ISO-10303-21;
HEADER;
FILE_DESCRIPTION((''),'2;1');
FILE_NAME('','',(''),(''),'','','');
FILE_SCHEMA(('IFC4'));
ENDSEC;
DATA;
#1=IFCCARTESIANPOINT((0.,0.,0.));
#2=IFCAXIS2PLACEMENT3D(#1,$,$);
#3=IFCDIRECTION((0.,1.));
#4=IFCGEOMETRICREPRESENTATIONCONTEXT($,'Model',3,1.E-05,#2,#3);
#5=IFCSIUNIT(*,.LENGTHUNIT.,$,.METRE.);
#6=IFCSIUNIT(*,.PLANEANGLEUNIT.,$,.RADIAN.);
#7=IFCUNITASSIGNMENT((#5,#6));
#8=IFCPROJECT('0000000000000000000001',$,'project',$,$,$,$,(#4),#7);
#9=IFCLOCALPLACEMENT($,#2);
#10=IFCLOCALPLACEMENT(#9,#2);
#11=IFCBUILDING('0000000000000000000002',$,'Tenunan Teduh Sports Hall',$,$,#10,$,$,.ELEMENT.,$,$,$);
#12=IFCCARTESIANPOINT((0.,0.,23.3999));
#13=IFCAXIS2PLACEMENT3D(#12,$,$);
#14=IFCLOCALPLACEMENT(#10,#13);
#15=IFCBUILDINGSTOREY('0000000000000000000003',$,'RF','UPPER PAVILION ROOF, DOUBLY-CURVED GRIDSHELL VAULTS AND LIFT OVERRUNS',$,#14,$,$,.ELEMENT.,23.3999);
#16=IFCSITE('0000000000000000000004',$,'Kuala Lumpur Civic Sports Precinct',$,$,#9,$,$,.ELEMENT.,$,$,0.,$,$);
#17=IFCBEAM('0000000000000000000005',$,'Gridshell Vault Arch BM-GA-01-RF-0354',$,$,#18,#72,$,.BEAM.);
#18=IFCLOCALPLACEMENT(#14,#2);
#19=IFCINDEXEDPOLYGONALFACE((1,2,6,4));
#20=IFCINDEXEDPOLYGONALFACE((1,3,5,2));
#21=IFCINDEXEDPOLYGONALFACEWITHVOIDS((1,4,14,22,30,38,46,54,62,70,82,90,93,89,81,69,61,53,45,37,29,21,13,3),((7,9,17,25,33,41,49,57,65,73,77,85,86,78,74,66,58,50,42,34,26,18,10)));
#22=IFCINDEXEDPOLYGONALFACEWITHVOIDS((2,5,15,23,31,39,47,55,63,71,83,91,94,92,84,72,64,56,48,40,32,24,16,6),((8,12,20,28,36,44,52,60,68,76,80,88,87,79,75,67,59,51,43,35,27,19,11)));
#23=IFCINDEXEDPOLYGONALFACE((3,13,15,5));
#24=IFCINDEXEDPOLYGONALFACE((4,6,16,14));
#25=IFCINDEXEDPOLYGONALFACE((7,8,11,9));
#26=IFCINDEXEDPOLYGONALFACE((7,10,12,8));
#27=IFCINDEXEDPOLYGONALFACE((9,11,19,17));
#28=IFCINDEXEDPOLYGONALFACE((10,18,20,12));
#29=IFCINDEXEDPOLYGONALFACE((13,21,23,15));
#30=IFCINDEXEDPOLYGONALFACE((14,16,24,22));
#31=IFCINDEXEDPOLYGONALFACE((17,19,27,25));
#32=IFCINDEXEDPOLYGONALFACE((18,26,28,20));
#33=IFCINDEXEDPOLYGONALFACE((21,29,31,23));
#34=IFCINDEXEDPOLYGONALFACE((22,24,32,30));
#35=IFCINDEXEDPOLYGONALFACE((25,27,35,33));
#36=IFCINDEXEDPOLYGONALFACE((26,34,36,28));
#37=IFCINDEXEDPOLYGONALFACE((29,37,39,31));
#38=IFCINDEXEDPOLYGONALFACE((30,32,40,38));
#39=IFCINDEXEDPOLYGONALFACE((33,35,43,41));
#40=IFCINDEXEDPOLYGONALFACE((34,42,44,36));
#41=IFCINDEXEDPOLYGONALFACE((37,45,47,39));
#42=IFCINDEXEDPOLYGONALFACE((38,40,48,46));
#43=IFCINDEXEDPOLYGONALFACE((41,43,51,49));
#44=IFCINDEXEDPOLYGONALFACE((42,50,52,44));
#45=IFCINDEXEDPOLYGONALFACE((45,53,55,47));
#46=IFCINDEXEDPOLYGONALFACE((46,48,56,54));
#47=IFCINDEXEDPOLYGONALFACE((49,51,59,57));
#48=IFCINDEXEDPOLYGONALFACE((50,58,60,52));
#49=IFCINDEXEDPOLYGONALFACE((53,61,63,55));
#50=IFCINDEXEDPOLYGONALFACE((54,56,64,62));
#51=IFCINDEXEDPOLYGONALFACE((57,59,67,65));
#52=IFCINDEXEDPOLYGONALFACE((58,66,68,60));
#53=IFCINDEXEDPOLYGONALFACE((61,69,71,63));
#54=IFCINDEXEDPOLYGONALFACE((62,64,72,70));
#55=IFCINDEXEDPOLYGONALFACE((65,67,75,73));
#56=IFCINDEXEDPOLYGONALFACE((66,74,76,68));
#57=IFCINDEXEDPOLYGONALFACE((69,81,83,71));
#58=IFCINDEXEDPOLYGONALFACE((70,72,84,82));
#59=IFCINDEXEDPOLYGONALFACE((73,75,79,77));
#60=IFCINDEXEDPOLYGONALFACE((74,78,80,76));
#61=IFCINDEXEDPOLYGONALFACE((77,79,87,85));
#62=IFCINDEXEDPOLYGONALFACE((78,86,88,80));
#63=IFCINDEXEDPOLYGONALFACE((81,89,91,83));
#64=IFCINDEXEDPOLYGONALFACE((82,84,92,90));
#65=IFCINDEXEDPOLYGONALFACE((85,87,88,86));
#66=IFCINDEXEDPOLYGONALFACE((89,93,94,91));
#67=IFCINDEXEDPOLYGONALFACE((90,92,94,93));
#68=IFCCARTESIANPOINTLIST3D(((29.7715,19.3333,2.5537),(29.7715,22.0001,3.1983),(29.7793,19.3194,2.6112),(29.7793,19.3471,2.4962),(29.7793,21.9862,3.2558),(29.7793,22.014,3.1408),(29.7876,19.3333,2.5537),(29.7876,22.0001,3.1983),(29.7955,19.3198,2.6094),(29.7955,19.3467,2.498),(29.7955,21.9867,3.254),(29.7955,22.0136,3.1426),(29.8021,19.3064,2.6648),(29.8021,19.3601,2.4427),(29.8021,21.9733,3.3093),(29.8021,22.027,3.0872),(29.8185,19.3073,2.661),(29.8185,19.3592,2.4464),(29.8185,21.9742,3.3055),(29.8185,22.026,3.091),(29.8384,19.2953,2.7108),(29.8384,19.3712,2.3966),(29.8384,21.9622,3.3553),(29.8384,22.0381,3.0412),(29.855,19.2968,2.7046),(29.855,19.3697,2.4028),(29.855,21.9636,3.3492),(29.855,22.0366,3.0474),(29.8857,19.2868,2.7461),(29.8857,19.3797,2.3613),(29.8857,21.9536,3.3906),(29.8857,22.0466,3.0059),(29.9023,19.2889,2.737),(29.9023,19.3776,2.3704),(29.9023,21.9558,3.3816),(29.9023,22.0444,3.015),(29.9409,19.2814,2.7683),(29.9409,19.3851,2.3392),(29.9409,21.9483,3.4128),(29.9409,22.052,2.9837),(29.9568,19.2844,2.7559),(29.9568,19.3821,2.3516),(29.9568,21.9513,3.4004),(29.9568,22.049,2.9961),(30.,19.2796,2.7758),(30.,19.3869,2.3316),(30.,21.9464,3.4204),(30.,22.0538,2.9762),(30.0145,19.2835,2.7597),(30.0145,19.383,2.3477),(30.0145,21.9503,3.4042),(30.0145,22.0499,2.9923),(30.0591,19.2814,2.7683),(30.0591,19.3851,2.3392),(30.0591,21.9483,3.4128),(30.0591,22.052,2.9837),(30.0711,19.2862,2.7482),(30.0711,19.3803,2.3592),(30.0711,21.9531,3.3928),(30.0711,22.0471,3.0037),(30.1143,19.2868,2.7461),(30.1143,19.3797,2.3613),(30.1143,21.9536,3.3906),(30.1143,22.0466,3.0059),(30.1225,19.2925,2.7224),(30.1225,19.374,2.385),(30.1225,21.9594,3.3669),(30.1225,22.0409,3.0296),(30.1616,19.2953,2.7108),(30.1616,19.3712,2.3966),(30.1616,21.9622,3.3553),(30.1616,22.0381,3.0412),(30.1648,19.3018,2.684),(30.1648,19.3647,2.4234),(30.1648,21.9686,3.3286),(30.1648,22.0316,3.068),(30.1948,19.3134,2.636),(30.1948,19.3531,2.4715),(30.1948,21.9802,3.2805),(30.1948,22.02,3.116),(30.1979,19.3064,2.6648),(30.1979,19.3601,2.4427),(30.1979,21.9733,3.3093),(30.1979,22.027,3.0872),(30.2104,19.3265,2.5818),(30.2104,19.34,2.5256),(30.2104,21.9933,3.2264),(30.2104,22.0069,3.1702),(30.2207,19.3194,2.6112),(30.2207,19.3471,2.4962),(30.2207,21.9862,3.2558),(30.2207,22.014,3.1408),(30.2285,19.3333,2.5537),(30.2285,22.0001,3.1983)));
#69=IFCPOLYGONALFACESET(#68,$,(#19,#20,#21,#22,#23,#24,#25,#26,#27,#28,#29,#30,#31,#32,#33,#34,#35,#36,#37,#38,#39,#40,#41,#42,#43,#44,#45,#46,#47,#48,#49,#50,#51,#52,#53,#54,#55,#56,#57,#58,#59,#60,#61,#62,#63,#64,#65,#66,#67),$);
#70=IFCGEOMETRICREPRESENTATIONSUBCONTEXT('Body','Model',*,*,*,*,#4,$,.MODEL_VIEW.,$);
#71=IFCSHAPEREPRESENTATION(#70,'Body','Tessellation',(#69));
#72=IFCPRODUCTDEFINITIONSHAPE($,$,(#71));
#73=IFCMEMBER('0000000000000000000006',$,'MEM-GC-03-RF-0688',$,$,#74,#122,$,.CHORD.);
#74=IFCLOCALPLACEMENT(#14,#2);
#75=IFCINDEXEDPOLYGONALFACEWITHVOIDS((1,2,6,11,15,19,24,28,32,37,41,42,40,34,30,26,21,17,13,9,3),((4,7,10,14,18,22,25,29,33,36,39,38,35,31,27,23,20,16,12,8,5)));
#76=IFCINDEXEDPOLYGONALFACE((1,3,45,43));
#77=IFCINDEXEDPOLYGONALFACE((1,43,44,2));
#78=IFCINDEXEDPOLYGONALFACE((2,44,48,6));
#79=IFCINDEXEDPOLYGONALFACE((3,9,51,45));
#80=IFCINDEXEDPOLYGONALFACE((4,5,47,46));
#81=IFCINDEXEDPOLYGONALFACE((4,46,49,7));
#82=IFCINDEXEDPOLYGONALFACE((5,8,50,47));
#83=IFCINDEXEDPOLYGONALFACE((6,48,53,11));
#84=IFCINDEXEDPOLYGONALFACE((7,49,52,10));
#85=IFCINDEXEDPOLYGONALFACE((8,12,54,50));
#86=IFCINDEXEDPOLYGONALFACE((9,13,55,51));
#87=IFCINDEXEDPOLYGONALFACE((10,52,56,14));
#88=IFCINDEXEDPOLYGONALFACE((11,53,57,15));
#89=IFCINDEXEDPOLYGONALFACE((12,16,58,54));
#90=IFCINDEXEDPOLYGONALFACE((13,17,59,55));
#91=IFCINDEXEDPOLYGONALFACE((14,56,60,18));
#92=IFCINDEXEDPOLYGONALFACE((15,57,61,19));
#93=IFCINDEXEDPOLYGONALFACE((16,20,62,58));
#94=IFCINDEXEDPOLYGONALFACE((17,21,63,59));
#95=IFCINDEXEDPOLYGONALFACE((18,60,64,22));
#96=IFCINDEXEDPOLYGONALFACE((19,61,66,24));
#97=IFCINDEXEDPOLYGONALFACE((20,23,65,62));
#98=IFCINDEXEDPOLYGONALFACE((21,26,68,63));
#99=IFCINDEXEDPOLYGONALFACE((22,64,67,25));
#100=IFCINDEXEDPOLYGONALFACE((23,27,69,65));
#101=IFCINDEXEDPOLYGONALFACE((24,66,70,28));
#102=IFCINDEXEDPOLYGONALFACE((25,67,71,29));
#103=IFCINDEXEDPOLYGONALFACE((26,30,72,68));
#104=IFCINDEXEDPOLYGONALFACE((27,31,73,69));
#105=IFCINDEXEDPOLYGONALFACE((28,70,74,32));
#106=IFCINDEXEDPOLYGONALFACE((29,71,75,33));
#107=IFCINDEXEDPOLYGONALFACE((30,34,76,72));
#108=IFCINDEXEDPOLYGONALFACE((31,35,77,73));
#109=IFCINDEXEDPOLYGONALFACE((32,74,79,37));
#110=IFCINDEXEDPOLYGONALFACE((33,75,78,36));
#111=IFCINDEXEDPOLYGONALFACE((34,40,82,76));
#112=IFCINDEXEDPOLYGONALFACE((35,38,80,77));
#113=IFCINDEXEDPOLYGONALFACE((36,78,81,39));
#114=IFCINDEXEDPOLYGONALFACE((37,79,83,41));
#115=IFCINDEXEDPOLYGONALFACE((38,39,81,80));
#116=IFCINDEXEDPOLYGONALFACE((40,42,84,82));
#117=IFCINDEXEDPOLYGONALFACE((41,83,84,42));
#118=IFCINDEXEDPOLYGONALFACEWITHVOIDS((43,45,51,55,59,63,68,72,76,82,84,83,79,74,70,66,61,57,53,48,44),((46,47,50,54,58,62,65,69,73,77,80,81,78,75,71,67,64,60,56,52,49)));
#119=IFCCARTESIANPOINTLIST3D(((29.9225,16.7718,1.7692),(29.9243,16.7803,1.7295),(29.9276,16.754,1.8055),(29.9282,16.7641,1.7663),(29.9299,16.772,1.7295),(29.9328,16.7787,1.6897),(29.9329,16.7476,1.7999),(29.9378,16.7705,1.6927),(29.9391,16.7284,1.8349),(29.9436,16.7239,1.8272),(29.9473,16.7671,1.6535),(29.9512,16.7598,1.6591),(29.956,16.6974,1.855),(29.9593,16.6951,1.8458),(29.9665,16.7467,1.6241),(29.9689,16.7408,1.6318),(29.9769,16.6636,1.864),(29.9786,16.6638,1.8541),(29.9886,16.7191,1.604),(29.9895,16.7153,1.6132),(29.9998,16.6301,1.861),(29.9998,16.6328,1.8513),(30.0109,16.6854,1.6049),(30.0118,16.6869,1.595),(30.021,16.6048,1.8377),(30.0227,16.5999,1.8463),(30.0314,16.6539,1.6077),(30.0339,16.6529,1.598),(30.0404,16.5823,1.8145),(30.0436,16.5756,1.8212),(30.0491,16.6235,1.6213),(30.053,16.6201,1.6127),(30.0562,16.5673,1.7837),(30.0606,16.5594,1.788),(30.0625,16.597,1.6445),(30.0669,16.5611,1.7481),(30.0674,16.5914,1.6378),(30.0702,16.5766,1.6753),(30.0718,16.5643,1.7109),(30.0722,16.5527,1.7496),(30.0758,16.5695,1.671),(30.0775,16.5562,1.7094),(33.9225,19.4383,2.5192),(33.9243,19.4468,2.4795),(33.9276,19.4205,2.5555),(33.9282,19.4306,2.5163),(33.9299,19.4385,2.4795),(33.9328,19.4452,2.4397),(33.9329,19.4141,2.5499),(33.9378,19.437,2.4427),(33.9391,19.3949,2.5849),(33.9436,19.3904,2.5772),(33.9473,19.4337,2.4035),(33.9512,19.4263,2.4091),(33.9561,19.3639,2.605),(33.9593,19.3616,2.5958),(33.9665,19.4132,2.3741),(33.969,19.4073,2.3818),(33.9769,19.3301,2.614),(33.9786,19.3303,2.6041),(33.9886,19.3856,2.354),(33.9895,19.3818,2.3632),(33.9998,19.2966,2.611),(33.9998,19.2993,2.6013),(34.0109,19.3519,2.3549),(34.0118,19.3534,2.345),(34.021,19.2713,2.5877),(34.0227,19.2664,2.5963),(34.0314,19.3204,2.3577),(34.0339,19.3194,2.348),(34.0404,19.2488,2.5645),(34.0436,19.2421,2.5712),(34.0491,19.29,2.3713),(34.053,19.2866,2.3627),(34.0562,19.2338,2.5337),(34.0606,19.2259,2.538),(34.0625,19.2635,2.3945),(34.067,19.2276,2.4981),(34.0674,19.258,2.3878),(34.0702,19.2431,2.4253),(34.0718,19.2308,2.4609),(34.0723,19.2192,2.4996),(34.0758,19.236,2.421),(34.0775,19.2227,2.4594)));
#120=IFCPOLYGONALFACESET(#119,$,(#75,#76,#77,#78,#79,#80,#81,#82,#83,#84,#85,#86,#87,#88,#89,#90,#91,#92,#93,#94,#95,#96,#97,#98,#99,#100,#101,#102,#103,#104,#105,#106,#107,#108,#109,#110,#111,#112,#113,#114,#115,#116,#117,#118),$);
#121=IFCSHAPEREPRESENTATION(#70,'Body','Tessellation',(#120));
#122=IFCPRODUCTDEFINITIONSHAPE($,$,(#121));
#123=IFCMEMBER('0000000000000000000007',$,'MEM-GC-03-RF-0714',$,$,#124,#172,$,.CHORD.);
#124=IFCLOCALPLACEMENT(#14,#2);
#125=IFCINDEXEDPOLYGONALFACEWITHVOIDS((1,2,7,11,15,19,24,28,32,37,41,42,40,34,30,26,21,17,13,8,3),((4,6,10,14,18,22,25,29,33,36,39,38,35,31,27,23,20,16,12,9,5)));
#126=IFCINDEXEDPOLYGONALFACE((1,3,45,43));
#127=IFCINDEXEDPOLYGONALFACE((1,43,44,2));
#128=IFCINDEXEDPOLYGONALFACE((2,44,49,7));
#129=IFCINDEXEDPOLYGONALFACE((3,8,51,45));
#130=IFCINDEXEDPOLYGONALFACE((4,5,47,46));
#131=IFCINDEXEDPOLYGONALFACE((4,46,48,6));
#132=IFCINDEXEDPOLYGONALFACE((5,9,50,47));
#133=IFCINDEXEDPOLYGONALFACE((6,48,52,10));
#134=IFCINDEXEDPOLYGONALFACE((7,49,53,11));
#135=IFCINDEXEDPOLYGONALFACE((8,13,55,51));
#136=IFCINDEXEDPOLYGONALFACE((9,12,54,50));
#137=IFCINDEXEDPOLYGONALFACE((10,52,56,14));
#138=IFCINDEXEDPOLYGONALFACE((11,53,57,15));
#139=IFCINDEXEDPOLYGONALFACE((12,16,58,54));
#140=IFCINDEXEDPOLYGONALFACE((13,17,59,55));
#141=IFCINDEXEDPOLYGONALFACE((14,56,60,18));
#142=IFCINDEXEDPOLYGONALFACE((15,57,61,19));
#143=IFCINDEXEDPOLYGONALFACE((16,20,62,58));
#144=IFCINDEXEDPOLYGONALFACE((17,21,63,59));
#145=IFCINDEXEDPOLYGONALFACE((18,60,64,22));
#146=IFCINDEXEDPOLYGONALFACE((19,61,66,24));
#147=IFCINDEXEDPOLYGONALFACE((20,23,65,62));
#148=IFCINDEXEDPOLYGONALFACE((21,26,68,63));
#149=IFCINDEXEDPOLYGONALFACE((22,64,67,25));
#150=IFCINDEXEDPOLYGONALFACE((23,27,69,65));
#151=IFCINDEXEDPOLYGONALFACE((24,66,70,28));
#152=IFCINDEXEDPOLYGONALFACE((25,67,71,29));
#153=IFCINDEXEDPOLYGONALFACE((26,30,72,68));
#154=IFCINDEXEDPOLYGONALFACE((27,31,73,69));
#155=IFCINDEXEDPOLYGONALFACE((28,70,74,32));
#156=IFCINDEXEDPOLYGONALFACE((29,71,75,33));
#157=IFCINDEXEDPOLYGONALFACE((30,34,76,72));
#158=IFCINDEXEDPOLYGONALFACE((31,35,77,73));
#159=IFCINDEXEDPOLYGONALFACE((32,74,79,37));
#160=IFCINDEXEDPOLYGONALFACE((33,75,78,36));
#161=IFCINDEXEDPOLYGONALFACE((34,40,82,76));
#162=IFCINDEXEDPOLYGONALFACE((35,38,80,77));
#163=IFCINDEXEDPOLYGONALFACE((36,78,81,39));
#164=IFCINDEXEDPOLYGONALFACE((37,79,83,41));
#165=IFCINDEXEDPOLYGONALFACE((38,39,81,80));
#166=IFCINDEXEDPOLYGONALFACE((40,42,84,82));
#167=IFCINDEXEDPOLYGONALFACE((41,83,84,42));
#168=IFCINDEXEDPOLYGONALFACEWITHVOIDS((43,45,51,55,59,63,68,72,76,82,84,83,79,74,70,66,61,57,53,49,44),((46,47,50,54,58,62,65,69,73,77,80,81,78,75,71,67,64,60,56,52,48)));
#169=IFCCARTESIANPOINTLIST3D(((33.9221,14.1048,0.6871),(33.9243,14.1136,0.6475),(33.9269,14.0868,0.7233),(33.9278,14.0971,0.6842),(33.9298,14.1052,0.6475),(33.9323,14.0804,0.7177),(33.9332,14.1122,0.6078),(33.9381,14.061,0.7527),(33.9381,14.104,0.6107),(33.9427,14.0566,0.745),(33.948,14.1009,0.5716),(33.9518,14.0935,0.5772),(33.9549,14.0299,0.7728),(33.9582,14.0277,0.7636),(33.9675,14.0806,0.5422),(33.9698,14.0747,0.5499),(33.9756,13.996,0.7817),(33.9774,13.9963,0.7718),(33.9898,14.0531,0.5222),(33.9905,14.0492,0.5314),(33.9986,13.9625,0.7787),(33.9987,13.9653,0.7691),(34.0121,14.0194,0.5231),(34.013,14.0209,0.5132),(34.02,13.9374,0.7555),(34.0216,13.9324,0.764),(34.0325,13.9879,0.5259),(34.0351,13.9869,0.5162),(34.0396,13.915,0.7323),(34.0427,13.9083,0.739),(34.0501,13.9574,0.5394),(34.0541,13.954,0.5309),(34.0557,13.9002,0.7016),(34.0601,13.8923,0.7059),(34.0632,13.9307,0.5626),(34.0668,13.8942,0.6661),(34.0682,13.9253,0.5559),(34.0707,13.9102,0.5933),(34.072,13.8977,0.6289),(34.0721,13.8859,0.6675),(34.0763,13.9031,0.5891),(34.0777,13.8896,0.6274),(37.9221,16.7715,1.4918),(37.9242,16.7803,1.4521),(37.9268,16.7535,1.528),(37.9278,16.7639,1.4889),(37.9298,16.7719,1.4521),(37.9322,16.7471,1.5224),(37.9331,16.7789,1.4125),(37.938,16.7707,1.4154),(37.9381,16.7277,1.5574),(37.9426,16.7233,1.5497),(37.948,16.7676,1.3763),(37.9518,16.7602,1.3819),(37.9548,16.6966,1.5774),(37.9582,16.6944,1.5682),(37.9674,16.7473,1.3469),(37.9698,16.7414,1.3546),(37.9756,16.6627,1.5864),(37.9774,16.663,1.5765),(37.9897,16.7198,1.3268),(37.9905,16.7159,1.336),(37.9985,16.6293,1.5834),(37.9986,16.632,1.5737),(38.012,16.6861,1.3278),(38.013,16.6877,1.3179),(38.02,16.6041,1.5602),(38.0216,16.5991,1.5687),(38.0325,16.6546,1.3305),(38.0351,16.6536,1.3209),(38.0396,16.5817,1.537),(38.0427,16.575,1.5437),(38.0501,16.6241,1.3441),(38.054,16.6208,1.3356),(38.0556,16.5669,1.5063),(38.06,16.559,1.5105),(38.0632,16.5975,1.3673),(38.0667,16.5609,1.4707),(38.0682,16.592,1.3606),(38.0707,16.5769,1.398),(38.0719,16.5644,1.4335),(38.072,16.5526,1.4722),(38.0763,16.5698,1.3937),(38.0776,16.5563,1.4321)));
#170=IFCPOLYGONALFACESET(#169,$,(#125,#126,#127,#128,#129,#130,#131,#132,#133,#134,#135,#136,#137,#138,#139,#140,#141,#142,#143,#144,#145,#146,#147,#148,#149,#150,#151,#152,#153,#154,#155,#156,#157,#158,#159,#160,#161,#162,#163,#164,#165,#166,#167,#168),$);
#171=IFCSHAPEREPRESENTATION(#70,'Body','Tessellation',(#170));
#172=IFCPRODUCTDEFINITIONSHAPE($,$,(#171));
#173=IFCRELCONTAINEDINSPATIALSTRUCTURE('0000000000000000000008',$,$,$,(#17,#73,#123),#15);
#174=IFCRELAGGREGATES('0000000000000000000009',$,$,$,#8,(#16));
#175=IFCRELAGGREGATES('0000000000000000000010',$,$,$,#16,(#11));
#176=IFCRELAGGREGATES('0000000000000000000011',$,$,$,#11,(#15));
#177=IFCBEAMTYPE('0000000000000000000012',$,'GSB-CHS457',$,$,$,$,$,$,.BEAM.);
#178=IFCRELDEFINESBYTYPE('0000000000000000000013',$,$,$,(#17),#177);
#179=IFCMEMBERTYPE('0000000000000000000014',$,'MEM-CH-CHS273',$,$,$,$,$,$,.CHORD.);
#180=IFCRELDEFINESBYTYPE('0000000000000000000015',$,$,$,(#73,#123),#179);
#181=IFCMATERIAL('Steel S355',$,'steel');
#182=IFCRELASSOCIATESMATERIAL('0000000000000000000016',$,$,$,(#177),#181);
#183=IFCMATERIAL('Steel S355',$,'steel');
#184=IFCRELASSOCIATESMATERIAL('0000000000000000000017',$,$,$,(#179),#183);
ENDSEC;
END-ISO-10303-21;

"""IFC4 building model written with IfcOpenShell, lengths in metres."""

from ifc_helpers import new_model, si_unit, direction, frame, origin, origin_2d, place, context, subcontext, project, spatial, hollow_circle, extrude, material, material_profile, profile_set, type_object, element, save


model = new_model("IFC4")

# Units and contexts
model_context = context("Model", 3, precision=1e-05, world=origin(), true_north=direction((0.0, 1.0)))
body_context = subcontext(model_context, "Body", "Model", "MODEL_VIEW")
ifc_project = project(units=[si_unit("LENGTHUNIT", "METRE"), si_unit("PLANEANGLEUNIT", "RADIAN")], contexts=[model_context])

# Site, building, storey
site_placement = place(None, origin())
site = spatial("IfcSite", under=ifc_project, at=site_placement, Name="Kuala Lumpur Civic Sports Precinct", CompositionType="ELEMENT", RefElevation=0.0)
building_placement = place(site_placement, origin())
building = spatial("IfcBuilding", under=site, at=building_placement, Name="Tenunan Teduh Sports Hall", CompositionType="ELEMENT")
storey_placement = place(building_placement, frame((0.0, 0.0, 23.3999)))
storey = spatial("IfcBuildingStorey", under=building, at=storey_placement, Name="RF", Description="UPPER PAVILION ROOF, DOUBLY-CURVED GRIDSHELL VAULTS AND LIFT OVERRUNS", CompositionType="ELEMENT", Elevation=23.3999)

# Beam
ifc_material_1 = material(Name="Steel S355", Category="steel")
ifc_material_profile_1 = material_profile(ifc_material_1, hollow_circle(Radius=0.2285, WallThickness=0.0161, at=origin_2d()), Name="CHS 457.0x16.0")
ifc_profile_set_1 = profile_set([ifc_material_profile_1], Name="Steel S355")
beam_type_1 = type_object("IfcBeamType", Name="GSB-CHS457", PredefinedType="BEAM", material=ifc_profile_set_1)
beam_1_placement = place(storey_placement, frame((30.0, 19.3333, 2.5537), z_axis=(0.0, 0.972013, 0.234928), x_axis=(-1.0, 0.0, 0.0)))
element("IfcBeam", 1, at=beam_1_placement, inside=storey, type_object=beam_type_1, Name="Gridshell Vault Arch BM-GA-01-RF-0354", PredefinedType="BEAM", context=body_context, shape_type="SweptSolid", body=[
    extrude(hollow_circle(Radius=0.2285, WallThickness=0.0161, at=origin_2d()), origin(), (0.0, 0.0, 1.0), 2.7437),
])

# Members
ifc_material_2 = material(Name="Steel S355", Category="steel")
ifc_material_profile_2 = material_profile(ifc_material_2, hollow_circle(Radius=0.1365, WallThickness=0.01, at=origin_2d()), Name="CHS 273.0x10.0")
ifc_profile_set_2 = profile_set([ifc_material_profile_2], Name="Steel S355")
member_type_1 = type_object("IfcMemberType", Name="MEM-CH-CHS273", PredefinedType="CHORD", material=ifc_profile_set_2)
member_1_placement = place(storey_placement, frame((30.0, 16.6667, 1.7295), z_axis=(0.822121, 0.548047, 0.154148), x_axis=(-0.554677, 0.832066, 0.0)))
element("IfcMember", 2, at=member_1_placement, inside=storey, type_object=member_type_1, Name="MEM-GC-03-RF-0688", PredefinedType="CHORD", context=body_context, shape_type="SweptSolid", body=[
    extrude(hollow_circle(Radius=0.1365, WallThickness=0.01, at=origin_2d()), origin(), (0.0, 0.0, 1.0), 4.8655),
])
member_2_placement = place(storey_placement, frame((34.0, 14.0, 0.6475), z_axis=(0.820626, 0.547101, 0.165087), x_axis=(-0.554712, 0.832042, 0.0)))
element("IfcMember", 3, at=member_2_placement, inside=storey, type_object=member_type_1, Name="MEM-GC-03-RF-0714", PredefinedType="CHORD", context=body_context, shape_type="SweptSolid", body=[
    extrude(hollow_circle(Radius=0.1365, WallThickness=0.01, at=origin_2d()), origin(), (0.0, 0.0, 1.0), 4.8743),
])

save(model, "model.ifc")
